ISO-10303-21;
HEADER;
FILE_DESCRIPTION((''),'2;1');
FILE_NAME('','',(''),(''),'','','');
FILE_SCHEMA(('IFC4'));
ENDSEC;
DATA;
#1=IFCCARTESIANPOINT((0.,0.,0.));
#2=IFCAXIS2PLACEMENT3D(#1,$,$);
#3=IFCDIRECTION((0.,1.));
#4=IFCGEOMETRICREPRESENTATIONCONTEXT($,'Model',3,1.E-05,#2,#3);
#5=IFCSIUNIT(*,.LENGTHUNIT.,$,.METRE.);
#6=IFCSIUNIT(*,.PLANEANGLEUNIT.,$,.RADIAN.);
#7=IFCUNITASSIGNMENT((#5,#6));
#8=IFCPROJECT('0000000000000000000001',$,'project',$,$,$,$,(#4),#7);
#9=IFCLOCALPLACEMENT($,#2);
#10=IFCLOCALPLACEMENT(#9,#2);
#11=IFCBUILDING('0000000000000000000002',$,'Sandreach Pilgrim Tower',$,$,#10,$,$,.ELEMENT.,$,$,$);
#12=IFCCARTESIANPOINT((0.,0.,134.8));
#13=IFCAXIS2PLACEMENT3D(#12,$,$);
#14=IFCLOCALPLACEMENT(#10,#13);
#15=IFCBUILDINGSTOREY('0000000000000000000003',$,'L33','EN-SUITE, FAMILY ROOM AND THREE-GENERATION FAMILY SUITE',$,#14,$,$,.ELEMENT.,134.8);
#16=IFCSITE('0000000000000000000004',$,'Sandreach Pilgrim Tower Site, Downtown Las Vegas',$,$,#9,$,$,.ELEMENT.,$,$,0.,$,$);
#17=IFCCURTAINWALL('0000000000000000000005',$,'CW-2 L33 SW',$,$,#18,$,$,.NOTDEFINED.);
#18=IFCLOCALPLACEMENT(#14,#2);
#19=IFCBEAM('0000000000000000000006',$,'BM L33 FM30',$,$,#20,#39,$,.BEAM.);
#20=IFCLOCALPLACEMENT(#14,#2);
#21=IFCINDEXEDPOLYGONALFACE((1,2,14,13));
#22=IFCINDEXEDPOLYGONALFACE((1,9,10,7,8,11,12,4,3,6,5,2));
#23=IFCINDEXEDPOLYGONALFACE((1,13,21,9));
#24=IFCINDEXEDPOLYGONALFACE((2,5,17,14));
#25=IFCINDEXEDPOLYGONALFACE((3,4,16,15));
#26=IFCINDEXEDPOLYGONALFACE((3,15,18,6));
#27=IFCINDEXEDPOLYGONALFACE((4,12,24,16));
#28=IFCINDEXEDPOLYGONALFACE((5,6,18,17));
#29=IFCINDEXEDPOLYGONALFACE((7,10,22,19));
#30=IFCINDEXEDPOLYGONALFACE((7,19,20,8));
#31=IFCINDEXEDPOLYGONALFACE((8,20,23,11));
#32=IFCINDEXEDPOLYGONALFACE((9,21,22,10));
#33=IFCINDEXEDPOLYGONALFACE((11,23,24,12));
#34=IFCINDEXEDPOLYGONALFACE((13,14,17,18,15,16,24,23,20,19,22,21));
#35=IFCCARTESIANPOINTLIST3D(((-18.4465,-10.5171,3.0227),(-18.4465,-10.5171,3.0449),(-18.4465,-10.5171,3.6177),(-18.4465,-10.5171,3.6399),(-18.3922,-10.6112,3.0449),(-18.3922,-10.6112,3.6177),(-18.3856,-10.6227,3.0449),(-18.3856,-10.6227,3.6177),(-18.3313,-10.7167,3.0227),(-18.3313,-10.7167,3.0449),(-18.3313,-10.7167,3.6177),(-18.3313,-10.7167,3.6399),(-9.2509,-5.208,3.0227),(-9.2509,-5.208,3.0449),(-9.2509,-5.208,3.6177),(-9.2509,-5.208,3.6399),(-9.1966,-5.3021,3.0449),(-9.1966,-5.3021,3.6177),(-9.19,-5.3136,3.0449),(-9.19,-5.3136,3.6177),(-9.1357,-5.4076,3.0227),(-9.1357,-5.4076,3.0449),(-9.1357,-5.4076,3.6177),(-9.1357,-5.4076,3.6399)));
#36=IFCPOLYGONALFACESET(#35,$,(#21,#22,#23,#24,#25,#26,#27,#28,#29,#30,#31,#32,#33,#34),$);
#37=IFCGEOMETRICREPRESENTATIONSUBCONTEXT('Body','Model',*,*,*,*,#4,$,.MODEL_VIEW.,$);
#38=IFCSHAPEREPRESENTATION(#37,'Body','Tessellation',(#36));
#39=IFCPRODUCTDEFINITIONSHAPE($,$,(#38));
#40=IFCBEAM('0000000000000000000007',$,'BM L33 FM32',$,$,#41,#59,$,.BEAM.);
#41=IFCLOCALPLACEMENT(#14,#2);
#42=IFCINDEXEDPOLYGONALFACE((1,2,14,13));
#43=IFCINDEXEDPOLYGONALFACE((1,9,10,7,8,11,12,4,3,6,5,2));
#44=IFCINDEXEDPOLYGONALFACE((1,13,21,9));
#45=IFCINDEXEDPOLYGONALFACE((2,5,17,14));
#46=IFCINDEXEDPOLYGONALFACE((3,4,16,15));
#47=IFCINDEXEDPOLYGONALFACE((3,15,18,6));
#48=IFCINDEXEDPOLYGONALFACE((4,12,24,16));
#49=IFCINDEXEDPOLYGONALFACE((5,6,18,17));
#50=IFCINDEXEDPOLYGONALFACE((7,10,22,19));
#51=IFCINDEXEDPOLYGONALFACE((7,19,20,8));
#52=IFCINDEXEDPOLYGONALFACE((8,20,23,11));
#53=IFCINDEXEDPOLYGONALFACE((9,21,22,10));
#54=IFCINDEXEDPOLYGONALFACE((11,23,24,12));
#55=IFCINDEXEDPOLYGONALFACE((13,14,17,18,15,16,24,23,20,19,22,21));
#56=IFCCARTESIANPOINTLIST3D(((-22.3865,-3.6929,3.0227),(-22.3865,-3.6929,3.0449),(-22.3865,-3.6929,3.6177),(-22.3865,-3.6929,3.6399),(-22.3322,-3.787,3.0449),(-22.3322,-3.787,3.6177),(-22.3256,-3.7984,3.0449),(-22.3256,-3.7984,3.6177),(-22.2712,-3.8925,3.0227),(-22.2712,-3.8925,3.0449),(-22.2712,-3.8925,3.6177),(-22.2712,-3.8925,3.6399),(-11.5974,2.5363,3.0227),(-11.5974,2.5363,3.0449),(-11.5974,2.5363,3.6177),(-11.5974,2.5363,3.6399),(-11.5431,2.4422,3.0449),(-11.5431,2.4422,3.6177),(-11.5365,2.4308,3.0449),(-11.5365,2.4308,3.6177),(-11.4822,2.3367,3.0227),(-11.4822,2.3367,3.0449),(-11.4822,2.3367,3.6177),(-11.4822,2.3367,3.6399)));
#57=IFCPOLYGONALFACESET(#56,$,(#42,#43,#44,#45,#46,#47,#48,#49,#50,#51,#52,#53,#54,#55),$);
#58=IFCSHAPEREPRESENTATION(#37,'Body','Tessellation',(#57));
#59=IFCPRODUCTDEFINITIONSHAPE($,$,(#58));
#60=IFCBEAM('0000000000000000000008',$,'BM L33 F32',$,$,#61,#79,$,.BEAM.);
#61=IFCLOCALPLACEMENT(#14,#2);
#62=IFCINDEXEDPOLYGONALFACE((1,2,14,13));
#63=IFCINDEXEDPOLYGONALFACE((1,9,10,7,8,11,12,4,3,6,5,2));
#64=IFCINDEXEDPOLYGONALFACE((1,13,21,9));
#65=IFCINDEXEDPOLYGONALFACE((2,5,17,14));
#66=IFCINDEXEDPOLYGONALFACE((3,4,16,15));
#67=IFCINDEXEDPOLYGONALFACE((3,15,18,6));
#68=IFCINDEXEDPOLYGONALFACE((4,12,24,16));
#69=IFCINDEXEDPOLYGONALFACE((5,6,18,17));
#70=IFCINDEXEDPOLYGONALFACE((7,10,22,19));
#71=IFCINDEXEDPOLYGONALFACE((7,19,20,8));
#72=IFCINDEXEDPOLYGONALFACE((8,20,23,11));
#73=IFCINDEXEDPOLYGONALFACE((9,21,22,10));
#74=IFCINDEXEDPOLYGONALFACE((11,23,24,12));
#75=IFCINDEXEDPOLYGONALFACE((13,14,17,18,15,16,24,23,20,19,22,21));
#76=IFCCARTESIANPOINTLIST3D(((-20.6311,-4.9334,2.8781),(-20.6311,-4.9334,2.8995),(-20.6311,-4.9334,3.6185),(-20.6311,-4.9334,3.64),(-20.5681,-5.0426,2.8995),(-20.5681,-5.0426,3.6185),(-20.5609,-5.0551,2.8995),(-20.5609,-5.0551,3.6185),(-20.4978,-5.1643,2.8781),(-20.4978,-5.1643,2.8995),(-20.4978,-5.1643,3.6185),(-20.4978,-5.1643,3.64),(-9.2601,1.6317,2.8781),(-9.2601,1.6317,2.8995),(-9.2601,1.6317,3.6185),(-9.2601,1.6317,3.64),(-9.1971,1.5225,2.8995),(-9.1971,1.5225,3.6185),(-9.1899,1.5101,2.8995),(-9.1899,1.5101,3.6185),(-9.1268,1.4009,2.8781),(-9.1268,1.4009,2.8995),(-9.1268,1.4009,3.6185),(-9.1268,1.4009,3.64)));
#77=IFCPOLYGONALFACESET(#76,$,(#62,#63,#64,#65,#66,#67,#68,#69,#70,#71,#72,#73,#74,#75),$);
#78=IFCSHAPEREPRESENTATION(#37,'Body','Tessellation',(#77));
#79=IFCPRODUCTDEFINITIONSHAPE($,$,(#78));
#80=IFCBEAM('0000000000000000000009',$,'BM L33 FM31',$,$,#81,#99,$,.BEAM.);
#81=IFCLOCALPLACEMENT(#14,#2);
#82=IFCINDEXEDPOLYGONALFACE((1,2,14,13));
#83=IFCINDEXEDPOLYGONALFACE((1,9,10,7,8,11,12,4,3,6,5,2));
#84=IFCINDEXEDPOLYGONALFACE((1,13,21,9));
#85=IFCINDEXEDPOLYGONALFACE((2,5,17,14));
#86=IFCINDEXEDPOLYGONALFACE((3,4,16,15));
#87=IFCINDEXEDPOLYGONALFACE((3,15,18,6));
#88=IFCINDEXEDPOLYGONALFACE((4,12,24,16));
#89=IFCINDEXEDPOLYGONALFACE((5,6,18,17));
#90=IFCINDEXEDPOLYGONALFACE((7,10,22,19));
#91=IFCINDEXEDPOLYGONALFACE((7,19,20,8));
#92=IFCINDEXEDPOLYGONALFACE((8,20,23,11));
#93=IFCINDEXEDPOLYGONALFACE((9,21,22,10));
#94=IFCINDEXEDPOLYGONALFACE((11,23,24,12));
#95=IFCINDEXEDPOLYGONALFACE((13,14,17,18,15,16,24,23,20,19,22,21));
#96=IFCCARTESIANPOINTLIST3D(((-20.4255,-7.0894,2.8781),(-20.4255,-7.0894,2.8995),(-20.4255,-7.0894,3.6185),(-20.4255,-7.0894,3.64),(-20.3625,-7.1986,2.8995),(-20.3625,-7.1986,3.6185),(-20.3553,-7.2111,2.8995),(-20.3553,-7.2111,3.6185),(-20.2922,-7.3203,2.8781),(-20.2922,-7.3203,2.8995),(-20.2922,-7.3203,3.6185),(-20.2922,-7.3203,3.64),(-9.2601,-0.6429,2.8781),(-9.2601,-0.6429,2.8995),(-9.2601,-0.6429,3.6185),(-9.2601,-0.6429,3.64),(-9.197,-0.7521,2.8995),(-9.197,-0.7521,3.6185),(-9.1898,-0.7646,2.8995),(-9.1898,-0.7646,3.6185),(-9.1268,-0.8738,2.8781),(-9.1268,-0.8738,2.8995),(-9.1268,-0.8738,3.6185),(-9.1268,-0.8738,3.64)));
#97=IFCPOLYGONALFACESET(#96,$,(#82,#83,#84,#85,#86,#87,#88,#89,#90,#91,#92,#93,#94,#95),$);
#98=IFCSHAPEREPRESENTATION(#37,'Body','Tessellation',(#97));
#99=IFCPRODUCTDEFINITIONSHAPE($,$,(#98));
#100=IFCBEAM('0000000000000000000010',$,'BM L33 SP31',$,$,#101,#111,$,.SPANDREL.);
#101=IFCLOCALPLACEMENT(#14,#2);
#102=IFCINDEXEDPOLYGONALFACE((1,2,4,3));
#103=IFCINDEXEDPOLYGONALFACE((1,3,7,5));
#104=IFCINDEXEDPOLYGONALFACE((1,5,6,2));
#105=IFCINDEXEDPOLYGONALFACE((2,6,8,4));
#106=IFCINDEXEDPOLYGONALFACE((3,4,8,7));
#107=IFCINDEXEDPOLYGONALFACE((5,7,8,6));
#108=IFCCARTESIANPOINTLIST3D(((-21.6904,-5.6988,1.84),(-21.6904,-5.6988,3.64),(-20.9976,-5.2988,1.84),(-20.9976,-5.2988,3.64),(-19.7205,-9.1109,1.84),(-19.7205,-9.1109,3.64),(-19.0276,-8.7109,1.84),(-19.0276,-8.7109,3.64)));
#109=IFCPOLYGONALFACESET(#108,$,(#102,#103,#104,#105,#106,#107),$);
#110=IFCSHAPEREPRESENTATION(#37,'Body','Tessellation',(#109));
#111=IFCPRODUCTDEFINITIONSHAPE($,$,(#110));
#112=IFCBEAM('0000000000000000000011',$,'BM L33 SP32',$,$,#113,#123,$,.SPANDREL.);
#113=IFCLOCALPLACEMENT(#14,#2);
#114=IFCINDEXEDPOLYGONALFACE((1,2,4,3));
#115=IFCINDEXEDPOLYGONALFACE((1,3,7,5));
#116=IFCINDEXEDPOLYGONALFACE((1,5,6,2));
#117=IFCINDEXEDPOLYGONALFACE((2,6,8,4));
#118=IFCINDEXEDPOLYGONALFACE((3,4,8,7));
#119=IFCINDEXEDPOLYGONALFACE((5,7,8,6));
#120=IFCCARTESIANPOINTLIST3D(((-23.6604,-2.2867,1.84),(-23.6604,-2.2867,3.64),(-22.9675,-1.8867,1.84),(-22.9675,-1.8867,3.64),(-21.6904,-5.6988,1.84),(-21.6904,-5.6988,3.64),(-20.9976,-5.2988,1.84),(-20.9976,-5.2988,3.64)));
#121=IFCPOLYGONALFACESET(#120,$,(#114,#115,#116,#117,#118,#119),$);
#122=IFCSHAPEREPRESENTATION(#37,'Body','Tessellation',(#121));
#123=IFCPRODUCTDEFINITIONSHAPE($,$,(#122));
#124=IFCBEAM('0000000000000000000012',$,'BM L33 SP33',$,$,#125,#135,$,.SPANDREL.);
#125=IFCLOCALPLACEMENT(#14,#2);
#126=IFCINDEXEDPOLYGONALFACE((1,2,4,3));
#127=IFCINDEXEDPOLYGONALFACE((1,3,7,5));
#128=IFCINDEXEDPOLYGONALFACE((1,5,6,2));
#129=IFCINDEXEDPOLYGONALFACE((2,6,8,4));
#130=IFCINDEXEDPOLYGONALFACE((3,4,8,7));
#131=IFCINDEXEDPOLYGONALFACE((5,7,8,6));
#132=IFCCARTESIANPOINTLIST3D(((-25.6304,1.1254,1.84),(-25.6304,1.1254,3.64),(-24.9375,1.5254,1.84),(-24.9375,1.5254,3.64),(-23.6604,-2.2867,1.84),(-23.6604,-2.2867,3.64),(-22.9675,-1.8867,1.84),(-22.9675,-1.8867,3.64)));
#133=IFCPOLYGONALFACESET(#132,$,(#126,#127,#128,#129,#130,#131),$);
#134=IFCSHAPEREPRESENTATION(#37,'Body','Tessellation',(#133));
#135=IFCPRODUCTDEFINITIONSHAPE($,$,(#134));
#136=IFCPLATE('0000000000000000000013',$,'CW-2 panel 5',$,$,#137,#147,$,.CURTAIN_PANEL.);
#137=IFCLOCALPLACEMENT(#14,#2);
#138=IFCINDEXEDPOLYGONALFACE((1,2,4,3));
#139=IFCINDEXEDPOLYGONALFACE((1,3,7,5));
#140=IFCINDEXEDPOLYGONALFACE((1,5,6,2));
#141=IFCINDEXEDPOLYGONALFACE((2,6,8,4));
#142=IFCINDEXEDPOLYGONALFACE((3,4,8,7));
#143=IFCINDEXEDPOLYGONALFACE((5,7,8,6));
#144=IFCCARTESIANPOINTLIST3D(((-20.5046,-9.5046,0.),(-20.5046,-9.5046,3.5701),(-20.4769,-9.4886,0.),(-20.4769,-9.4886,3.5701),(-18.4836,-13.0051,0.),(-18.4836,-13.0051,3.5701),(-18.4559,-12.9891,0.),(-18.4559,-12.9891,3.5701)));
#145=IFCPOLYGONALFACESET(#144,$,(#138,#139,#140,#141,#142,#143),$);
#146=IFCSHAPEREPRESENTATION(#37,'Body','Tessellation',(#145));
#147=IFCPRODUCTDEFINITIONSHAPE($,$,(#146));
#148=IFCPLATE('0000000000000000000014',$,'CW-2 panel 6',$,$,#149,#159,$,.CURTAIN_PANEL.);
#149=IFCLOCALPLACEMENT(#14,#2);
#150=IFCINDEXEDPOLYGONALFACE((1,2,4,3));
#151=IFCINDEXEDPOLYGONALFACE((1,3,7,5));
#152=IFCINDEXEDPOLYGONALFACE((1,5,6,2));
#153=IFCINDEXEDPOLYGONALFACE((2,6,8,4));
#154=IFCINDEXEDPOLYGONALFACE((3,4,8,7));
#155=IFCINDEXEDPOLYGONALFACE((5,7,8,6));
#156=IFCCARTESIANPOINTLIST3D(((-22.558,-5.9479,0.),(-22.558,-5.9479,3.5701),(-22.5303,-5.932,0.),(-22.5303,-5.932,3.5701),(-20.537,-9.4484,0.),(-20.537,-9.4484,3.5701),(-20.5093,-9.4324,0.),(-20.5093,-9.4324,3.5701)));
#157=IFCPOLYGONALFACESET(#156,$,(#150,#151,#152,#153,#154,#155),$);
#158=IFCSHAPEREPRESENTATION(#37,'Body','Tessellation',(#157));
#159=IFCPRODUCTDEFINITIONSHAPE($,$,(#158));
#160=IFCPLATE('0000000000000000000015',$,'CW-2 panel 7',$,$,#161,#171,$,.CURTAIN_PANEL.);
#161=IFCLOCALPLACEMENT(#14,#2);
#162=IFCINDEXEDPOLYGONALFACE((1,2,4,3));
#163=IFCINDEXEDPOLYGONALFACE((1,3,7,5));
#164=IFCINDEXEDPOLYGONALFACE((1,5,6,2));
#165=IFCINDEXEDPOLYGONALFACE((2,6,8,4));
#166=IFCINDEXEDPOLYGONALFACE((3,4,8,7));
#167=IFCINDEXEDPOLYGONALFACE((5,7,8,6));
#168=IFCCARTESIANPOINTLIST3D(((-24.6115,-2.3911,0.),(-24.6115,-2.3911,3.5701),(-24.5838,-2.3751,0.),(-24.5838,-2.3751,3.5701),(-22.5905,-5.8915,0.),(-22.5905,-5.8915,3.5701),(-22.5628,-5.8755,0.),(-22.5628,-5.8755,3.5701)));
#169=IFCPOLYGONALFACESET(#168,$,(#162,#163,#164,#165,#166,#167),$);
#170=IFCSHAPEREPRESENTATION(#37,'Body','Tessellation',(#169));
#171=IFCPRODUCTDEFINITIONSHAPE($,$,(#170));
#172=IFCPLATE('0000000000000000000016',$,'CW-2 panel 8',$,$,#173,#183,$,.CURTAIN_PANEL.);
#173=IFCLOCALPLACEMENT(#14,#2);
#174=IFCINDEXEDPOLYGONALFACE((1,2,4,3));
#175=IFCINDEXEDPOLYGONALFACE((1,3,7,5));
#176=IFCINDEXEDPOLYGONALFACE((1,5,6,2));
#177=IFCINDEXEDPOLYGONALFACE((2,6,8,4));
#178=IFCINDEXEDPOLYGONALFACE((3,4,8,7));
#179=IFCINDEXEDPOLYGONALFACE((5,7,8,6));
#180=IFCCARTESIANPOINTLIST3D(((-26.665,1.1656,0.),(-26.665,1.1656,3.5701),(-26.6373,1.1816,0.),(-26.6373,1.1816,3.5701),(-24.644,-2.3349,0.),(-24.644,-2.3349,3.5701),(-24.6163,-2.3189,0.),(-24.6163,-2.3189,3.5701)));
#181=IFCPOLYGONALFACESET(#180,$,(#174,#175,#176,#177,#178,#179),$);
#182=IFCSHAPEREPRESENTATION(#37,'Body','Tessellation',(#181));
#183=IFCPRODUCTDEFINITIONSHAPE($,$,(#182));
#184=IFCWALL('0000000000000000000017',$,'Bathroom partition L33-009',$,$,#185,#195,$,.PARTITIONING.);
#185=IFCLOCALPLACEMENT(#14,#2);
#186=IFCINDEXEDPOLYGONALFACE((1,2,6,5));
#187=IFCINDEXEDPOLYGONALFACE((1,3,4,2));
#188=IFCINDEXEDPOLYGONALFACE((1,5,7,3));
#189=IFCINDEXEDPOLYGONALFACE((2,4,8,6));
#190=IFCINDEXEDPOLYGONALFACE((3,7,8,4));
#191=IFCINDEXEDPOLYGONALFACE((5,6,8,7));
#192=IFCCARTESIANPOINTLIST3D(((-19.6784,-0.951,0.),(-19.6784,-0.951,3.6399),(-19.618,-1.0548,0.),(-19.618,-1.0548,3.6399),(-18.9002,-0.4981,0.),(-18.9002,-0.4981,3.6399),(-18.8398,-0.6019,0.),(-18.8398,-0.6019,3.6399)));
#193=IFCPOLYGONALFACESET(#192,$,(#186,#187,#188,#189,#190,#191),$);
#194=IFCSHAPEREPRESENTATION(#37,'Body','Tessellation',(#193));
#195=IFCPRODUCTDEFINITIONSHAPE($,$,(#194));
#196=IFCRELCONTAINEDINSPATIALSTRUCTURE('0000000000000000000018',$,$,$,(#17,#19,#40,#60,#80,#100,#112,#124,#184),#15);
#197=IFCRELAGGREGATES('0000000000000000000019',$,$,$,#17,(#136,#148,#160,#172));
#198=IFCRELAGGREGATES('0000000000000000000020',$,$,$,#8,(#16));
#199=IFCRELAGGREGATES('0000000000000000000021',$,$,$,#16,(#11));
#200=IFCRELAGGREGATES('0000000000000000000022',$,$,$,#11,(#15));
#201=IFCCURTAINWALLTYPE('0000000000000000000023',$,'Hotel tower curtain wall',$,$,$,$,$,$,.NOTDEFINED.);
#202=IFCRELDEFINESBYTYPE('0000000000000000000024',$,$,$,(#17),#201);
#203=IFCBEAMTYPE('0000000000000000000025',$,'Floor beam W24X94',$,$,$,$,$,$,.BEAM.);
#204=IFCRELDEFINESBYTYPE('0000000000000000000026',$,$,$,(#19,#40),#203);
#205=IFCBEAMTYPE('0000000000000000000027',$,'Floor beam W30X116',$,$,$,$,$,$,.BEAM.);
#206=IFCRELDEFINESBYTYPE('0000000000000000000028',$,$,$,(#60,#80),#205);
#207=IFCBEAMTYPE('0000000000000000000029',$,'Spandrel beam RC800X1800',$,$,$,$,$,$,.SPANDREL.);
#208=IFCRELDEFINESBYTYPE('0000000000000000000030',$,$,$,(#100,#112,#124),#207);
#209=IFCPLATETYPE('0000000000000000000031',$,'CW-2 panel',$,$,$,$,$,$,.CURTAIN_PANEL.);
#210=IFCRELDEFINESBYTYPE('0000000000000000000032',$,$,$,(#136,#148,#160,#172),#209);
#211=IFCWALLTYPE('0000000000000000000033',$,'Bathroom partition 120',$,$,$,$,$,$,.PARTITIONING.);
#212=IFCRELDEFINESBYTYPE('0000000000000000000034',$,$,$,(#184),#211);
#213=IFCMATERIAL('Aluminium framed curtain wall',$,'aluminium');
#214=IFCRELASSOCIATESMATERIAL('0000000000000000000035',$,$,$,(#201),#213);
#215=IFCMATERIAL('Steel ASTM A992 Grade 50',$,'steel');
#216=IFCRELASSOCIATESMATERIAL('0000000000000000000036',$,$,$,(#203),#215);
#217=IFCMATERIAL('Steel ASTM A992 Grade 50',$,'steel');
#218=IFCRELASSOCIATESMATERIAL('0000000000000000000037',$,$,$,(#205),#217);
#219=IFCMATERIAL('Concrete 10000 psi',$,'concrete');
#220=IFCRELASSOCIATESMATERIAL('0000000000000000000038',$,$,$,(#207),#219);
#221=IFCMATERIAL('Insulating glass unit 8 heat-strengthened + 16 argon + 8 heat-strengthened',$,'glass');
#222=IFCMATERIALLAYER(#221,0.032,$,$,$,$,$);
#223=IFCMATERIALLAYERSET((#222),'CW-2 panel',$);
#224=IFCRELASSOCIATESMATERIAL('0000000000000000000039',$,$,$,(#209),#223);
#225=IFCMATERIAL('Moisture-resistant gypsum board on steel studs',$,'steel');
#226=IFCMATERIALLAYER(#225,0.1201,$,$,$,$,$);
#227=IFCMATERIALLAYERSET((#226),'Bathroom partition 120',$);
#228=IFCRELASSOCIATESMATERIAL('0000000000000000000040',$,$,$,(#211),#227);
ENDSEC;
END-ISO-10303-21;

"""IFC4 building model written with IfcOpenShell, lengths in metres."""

from ifc_helpers import new_model, si_unit, direction, frame, frame_2d, origin, origin_2d, place, context, subcontext, project, spatial, rectangle, i_section, extrude, material, layer, layer_set, material_profile, profile_set, type_object, element, aggregate, save


model = new_model("IFC4")

# Units and contexts
model_context = context("Model", 3, precision=1e-05, world=origin(), true_north=direction((0.0, 1.0)))
body_context = subcontext(model_context, "Body", "Model", "MODEL_VIEW")
ifc_project = project(units=[si_unit("LENGTHUNIT", "METRE"), si_unit("PLANEANGLEUNIT", "RADIAN")], contexts=[model_context])

# Site, building, storey
site_placement = place(None, origin())
site = spatial("IfcSite", under=ifc_project, at=site_placement, Name="Sandreach Pilgrim Tower Site, Downtown Las Vegas", CompositionType="ELEMENT", RefElevation=0.0)
building_placement = place(site_placement, origin())
building = spatial("IfcBuilding", under=site, at=building_placement, Name="Sandreach Pilgrim Tower", CompositionType="ELEMENT")
storey_placement = place(building_placement, frame((0.0, 0.0, 134.8)))
storey = spatial("IfcBuildingStorey", under=building, at=storey_placement, Name="L33", Description="EN-SUITE, FAMILY ROOM AND THREE-GENERATION FAMILY SUITE", CompositionType="ELEMENT", Elevation=134.8)

# Curtain wall
ifc_material_1 = material(Name="Aluminium framed curtain wall", Category="aluminium")
curtain_wall_type = type_object("IfcCurtainWallType", Name="Hotel tower curtain wall", PredefinedType="NOTDEFINED", material=ifc_material_1)
curtain_wall_placement = place(storey_placement, origin())
curtain_wall = element("IfcCurtainWall", 1, at=curtain_wall_placement, inside=storey, type_object=curtain_wall_type, Name="CW-2 L33 SW", PredefinedType="NOTDEFINED")

# Beams
ifc_material_2 = material(Name="Steel ASTM A992 Grade 50", Category="steel")
ifc_material_profile_1 = material_profile(ifc_material_2, i_section(OverallWidth=0.2305, OverallDepth=0.6172, WebThickness=0.0132, FlangeThickness=0.0222, at=origin_2d()), Name="W24X94")
ifc_profile_set_1 = profile_set([ifc_material_profile_1], Name="Steel ASTM A992 Grade 50")
beam_type_1 = type_object("IfcBeamType", Name="Floor beam W24X94", PredefinedType="BEAM", material=ifc_profile_set_1)
beam_1_placement = place(storey_placement, frame((-18.3889, -10.6169, 3.3313), z_axis=(0.866024, 0.500002, 0.0), x_axis=(-0.500002, 0.866024, 0.0)))
element("IfcBeam", 2, at=beam_1_placement, inside=storey, type_object=beam_type_1, Name="BM L33 FM30", PredefinedType="BEAM", context=body_context, shape_type="SweptSolid", body=[
    extrude(i_section(OverallWidth=0.2305, OverallDepth=0.6172, WebThickness=0.0132, FlangeThickness=0.0222, at=origin_2d()), origin(), (0.0, 0.0, 1.0), 10.6182),
])
beam_2_placement = place(storey_placement, frame((-22.3289, -3.7927, 3.3313), z_axis=(0.866019, 0.500011, 0.0), x_axis=(-0.500011, 0.866019, 0.0)))
element("IfcBeam", 3, at=beam_2_placement, inside=storey, type_object=beam_type_1, Name="BM L33 FM32", PredefinedType="BEAM", context=body_context, shape_type="SweptSolid", body=[
    extrude(i_section(OverallWidth=0.2305, OverallDepth=0.6172, WebThickness=0.0132, FlangeThickness=0.0222, at=origin_2d()), origin(), (0.0, 0.0, 1.0), 12.4583),
])
ifc_material_3 = material(Name="Steel ASTM A992 Grade 50", Category="steel")
ifc_material_profile_2 = material_profile(ifc_material_3, i_section(OverallWidth=0.2666, OverallDepth=0.762, WebThickness=0.0144, FlangeThickness=0.0215, at=origin_2d()), Name="W30X116")
ifc_profile_set_2 = profile_set([ifc_material_profile_2], Name="Steel ASTM A992 Grade 50")
beam_type_2 = type_object("IfcBeamType", Name="Floor beam W30X116", PredefinedType="BEAM", material=ifc_profile_set_2)
beam_3_placement = place(storey_placement, frame((-20.5645, -5.0488, 3.259), z_axis=(0.866023, 0.500005, 0.0), x_axis=(-0.500005, 0.866023, 0.0)))
element("IfcBeam", 4, at=beam_3_placement, inside=storey, type_object=beam_type_2, Name="BM L33 F32", PredefinedType="BEAM", context=body_context, shape_type="SweptSolid", body=[
    extrude(i_section(OverallWidth=0.2666, OverallDepth=0.762, WebThickness=0.0144, FlangeThickness=0.0215, at=origin_2d()), origin(), (0.0, 0.0, 1.0), 13.1301),
])
beam_4_placement = place(storey_placement, frame((-20.3589, -7.2048, 3.259), z_axis=(0.866022, 0.500007, 0.0), x_axis=(-0.500007, 0.866022, 0.0)))
element("IfcBeam", 5, at=beam_4_placement, inside=storey, type_object=beam_type_2, Name="BM L33 FM31", PredefinedType="BEAM", context=body_context, shape_type="SweptSolid", body=[
    extrude(i_section(OverallWidth=0.2666, OverallDepth=0.762, WebThickness=0.0144, FlangeThickness=0.0215, at=origin_2d()), origin(), (0.0, 0.0, 1.0), 12.8928),
])
ifc_material_4 = material(Name="Concrete 10000 psi", Category="concrete")
ifc_material_profile_3 = material_profile(ifc_material_4, rectangle(XDim=0.8, YDim=1.8, at=origin_2d()), Name="RC800X1800")
ifc_profile_set_3 = profile_set([ifc_material_profile_3], Name="Concrete 10000 psi")
beam_type_3 = type_object("IfcBeamType", Name="Spandrel beam RC800X1800", PredefinedType="SPANDREL", material=ifc_profile_set_3)
for number, where, z_axis, x_axis, name in (
    (6, (-19.374, -8.9109, 2.74), (-0.499998, 0.866027, 0.0), (-0.866027, -0.499998, 0.0), "BM L33 SP31"),
    (7, (-21.344, -5.4988, 2.74), (-0.499998, 0.866027, 0.0), (-0.866027, -0.499998, 0.0), "BM L33 SP32"),
    (8, (-23.314, -2.0867, 2.74), (-0.499998, 0.866027, 0.0), (-0.866027, -0.499998, 0.0), "BM L33 SP33"),
):
    element("IfcBeam", number, at=place(storey_placement, frame(where, z_axis=z_axis, x_axis=x_axis)), inside=storey, type_object=beam_type_3, Name=name, PredefinedType="SPANDREL", context=body_context, shape_type="SweptSolid", body=[
        extrude(rectangle(XDim=0.8, YDim=1.8, at=origin_2d()), origin(), (0.0, 0.0, 1.0), 3.9399),
    ])

# Plates
ifc_material_5 = material(Name="Insulating glass unit 8 heat-strengthened + 16 argon + 8 heat-strengthened", Category="glass")
ifc_layer_1 = layer(ifc_material_5, 0.032)
ifc_layer_set_1 = layer_set([ifc_layer_1], Name="CW-2 panel")
plate_type = type_object("IfcPlateType", Name="CW-2 panel", PredefinedType="CURTAIN_PANEL", material=ifc_layer_set_1)
plate_1_placement = place(storey_placement, frame((-19.4802, -11.2468, 0.0), z_axis=(0.0, 0.0, 1.0), x_axis=(-0.5, 0.866025, 0.0)))
plate_1 = element("IfcPlate", 9, at=plate_1_placement, type_object=plate_type, Name="CW-2 panel 5", PredefinedType="CURTAIN_PANEL", context=body_context, shape_type="SweptSolid", body=[
    extrude(rectangle(XDim=4.042, YDim=0.032, at=origin_2d()), origin(), (0.0, 0.0, 1.0), 3.5701),
])
plate_2_placement = place(storey_placement, frame((-21.5337, -7.6902, 0.0), z_axis=(0.0, 0.0, 1.0), x_axis=(-0.5, 0.866025, 0.0)))
plate_2 = element("IfcPlate", 10, at=plate_2_placement, type_object=plate_type, Name="CW-2 panel 6", PredefinedType="CURTAIN_PANEL", context=body_context, shape_type="SweptSolid", body=[
    extrude(rectangle(XDim=4.042, YDim=0.032, at=origin_2d()), origin(), (0.0, 0.0, 1.0), 3.5701),
])
plate_3_placement = place(storey_placement, frame((-23.5872, -4.1333, 0.0), z_axis=(0.0, 0.0, 1.0), x_axis=(-0.5, 0.866025, 0.0)))
plate_3 = element("IfcPlate", 11, at=plate_3_placement, type_object=plate_type, Name="CW-2 panel 7", PredefinedType="CURTAIN_PANEL", context=body_context, shape_type="SweptSolid", body=[
    extrude(rectangle(XDim=4.042, YDim=0.032, at=origin_2d()), origin(), (0.0, 0.0, 1.0), 3.5701),
])
plate_4_placement = place(storey_placement, frame((-25.6406, -0.5767, 0.0), z_axis=(0.0, 0.0, 1.0), x_axis=(-0.5, 0.866025, 0.0)))
plate_4 = element("IfcPlate", 12, at=plate_4_placement, type_object=plate_type, Name="CW-2 panel 8", PredefinedType="CURTAIN_PANEL", context=body_context, shape_type="SweptSolid", body=[
    extrude(rectangle(XDim=4.042, YDim=0.032, at=origin_2d()), origin(), (0.0, 0.0, 1.0), 3.5701),
])
aggregate(curtain_wall, [plate_1, plate_2, plate_3, plate_4])

# Wall
ifc_material_6 = material(Name="Moisture-resistant gypsum board on steel studs", Category="steel")
ifc_layer_2 = layer(ifc_material_6, 0.1201)
ifc_layer_set_2 = layer_set([ifc_layer_2], Name="Bathroom partition 120")
wall_type_1 = type_object("IfcWallType", Name="Bathroom partition 120", PredefinedType="PARTITIONING", material=ifc_layer_set_2)
wall_1_placement = place(storey_placement, frame((-19.6482, -1.0029, 0.0), z_axis=(0.0, 0.0, 1.0), x_axis=(0.86426, 0.503045, 0.0)))
element("IfcWall", 13, at=wall_1_placement, inside=storey, type_object=wall_type_1, Name="Bathroom partition L33-009", PredefinedType="PARTITIONING", context=body_context, shape_type="SweptSolid", body=[
    extrude(rectangle(XDim=0.9004, YDim=0.1201, at=frame_2d((0.4502, 0.0))), origin(), (0.0, 0.0, 1.0), 3.6399),
])

save(model, "model.ifc")
